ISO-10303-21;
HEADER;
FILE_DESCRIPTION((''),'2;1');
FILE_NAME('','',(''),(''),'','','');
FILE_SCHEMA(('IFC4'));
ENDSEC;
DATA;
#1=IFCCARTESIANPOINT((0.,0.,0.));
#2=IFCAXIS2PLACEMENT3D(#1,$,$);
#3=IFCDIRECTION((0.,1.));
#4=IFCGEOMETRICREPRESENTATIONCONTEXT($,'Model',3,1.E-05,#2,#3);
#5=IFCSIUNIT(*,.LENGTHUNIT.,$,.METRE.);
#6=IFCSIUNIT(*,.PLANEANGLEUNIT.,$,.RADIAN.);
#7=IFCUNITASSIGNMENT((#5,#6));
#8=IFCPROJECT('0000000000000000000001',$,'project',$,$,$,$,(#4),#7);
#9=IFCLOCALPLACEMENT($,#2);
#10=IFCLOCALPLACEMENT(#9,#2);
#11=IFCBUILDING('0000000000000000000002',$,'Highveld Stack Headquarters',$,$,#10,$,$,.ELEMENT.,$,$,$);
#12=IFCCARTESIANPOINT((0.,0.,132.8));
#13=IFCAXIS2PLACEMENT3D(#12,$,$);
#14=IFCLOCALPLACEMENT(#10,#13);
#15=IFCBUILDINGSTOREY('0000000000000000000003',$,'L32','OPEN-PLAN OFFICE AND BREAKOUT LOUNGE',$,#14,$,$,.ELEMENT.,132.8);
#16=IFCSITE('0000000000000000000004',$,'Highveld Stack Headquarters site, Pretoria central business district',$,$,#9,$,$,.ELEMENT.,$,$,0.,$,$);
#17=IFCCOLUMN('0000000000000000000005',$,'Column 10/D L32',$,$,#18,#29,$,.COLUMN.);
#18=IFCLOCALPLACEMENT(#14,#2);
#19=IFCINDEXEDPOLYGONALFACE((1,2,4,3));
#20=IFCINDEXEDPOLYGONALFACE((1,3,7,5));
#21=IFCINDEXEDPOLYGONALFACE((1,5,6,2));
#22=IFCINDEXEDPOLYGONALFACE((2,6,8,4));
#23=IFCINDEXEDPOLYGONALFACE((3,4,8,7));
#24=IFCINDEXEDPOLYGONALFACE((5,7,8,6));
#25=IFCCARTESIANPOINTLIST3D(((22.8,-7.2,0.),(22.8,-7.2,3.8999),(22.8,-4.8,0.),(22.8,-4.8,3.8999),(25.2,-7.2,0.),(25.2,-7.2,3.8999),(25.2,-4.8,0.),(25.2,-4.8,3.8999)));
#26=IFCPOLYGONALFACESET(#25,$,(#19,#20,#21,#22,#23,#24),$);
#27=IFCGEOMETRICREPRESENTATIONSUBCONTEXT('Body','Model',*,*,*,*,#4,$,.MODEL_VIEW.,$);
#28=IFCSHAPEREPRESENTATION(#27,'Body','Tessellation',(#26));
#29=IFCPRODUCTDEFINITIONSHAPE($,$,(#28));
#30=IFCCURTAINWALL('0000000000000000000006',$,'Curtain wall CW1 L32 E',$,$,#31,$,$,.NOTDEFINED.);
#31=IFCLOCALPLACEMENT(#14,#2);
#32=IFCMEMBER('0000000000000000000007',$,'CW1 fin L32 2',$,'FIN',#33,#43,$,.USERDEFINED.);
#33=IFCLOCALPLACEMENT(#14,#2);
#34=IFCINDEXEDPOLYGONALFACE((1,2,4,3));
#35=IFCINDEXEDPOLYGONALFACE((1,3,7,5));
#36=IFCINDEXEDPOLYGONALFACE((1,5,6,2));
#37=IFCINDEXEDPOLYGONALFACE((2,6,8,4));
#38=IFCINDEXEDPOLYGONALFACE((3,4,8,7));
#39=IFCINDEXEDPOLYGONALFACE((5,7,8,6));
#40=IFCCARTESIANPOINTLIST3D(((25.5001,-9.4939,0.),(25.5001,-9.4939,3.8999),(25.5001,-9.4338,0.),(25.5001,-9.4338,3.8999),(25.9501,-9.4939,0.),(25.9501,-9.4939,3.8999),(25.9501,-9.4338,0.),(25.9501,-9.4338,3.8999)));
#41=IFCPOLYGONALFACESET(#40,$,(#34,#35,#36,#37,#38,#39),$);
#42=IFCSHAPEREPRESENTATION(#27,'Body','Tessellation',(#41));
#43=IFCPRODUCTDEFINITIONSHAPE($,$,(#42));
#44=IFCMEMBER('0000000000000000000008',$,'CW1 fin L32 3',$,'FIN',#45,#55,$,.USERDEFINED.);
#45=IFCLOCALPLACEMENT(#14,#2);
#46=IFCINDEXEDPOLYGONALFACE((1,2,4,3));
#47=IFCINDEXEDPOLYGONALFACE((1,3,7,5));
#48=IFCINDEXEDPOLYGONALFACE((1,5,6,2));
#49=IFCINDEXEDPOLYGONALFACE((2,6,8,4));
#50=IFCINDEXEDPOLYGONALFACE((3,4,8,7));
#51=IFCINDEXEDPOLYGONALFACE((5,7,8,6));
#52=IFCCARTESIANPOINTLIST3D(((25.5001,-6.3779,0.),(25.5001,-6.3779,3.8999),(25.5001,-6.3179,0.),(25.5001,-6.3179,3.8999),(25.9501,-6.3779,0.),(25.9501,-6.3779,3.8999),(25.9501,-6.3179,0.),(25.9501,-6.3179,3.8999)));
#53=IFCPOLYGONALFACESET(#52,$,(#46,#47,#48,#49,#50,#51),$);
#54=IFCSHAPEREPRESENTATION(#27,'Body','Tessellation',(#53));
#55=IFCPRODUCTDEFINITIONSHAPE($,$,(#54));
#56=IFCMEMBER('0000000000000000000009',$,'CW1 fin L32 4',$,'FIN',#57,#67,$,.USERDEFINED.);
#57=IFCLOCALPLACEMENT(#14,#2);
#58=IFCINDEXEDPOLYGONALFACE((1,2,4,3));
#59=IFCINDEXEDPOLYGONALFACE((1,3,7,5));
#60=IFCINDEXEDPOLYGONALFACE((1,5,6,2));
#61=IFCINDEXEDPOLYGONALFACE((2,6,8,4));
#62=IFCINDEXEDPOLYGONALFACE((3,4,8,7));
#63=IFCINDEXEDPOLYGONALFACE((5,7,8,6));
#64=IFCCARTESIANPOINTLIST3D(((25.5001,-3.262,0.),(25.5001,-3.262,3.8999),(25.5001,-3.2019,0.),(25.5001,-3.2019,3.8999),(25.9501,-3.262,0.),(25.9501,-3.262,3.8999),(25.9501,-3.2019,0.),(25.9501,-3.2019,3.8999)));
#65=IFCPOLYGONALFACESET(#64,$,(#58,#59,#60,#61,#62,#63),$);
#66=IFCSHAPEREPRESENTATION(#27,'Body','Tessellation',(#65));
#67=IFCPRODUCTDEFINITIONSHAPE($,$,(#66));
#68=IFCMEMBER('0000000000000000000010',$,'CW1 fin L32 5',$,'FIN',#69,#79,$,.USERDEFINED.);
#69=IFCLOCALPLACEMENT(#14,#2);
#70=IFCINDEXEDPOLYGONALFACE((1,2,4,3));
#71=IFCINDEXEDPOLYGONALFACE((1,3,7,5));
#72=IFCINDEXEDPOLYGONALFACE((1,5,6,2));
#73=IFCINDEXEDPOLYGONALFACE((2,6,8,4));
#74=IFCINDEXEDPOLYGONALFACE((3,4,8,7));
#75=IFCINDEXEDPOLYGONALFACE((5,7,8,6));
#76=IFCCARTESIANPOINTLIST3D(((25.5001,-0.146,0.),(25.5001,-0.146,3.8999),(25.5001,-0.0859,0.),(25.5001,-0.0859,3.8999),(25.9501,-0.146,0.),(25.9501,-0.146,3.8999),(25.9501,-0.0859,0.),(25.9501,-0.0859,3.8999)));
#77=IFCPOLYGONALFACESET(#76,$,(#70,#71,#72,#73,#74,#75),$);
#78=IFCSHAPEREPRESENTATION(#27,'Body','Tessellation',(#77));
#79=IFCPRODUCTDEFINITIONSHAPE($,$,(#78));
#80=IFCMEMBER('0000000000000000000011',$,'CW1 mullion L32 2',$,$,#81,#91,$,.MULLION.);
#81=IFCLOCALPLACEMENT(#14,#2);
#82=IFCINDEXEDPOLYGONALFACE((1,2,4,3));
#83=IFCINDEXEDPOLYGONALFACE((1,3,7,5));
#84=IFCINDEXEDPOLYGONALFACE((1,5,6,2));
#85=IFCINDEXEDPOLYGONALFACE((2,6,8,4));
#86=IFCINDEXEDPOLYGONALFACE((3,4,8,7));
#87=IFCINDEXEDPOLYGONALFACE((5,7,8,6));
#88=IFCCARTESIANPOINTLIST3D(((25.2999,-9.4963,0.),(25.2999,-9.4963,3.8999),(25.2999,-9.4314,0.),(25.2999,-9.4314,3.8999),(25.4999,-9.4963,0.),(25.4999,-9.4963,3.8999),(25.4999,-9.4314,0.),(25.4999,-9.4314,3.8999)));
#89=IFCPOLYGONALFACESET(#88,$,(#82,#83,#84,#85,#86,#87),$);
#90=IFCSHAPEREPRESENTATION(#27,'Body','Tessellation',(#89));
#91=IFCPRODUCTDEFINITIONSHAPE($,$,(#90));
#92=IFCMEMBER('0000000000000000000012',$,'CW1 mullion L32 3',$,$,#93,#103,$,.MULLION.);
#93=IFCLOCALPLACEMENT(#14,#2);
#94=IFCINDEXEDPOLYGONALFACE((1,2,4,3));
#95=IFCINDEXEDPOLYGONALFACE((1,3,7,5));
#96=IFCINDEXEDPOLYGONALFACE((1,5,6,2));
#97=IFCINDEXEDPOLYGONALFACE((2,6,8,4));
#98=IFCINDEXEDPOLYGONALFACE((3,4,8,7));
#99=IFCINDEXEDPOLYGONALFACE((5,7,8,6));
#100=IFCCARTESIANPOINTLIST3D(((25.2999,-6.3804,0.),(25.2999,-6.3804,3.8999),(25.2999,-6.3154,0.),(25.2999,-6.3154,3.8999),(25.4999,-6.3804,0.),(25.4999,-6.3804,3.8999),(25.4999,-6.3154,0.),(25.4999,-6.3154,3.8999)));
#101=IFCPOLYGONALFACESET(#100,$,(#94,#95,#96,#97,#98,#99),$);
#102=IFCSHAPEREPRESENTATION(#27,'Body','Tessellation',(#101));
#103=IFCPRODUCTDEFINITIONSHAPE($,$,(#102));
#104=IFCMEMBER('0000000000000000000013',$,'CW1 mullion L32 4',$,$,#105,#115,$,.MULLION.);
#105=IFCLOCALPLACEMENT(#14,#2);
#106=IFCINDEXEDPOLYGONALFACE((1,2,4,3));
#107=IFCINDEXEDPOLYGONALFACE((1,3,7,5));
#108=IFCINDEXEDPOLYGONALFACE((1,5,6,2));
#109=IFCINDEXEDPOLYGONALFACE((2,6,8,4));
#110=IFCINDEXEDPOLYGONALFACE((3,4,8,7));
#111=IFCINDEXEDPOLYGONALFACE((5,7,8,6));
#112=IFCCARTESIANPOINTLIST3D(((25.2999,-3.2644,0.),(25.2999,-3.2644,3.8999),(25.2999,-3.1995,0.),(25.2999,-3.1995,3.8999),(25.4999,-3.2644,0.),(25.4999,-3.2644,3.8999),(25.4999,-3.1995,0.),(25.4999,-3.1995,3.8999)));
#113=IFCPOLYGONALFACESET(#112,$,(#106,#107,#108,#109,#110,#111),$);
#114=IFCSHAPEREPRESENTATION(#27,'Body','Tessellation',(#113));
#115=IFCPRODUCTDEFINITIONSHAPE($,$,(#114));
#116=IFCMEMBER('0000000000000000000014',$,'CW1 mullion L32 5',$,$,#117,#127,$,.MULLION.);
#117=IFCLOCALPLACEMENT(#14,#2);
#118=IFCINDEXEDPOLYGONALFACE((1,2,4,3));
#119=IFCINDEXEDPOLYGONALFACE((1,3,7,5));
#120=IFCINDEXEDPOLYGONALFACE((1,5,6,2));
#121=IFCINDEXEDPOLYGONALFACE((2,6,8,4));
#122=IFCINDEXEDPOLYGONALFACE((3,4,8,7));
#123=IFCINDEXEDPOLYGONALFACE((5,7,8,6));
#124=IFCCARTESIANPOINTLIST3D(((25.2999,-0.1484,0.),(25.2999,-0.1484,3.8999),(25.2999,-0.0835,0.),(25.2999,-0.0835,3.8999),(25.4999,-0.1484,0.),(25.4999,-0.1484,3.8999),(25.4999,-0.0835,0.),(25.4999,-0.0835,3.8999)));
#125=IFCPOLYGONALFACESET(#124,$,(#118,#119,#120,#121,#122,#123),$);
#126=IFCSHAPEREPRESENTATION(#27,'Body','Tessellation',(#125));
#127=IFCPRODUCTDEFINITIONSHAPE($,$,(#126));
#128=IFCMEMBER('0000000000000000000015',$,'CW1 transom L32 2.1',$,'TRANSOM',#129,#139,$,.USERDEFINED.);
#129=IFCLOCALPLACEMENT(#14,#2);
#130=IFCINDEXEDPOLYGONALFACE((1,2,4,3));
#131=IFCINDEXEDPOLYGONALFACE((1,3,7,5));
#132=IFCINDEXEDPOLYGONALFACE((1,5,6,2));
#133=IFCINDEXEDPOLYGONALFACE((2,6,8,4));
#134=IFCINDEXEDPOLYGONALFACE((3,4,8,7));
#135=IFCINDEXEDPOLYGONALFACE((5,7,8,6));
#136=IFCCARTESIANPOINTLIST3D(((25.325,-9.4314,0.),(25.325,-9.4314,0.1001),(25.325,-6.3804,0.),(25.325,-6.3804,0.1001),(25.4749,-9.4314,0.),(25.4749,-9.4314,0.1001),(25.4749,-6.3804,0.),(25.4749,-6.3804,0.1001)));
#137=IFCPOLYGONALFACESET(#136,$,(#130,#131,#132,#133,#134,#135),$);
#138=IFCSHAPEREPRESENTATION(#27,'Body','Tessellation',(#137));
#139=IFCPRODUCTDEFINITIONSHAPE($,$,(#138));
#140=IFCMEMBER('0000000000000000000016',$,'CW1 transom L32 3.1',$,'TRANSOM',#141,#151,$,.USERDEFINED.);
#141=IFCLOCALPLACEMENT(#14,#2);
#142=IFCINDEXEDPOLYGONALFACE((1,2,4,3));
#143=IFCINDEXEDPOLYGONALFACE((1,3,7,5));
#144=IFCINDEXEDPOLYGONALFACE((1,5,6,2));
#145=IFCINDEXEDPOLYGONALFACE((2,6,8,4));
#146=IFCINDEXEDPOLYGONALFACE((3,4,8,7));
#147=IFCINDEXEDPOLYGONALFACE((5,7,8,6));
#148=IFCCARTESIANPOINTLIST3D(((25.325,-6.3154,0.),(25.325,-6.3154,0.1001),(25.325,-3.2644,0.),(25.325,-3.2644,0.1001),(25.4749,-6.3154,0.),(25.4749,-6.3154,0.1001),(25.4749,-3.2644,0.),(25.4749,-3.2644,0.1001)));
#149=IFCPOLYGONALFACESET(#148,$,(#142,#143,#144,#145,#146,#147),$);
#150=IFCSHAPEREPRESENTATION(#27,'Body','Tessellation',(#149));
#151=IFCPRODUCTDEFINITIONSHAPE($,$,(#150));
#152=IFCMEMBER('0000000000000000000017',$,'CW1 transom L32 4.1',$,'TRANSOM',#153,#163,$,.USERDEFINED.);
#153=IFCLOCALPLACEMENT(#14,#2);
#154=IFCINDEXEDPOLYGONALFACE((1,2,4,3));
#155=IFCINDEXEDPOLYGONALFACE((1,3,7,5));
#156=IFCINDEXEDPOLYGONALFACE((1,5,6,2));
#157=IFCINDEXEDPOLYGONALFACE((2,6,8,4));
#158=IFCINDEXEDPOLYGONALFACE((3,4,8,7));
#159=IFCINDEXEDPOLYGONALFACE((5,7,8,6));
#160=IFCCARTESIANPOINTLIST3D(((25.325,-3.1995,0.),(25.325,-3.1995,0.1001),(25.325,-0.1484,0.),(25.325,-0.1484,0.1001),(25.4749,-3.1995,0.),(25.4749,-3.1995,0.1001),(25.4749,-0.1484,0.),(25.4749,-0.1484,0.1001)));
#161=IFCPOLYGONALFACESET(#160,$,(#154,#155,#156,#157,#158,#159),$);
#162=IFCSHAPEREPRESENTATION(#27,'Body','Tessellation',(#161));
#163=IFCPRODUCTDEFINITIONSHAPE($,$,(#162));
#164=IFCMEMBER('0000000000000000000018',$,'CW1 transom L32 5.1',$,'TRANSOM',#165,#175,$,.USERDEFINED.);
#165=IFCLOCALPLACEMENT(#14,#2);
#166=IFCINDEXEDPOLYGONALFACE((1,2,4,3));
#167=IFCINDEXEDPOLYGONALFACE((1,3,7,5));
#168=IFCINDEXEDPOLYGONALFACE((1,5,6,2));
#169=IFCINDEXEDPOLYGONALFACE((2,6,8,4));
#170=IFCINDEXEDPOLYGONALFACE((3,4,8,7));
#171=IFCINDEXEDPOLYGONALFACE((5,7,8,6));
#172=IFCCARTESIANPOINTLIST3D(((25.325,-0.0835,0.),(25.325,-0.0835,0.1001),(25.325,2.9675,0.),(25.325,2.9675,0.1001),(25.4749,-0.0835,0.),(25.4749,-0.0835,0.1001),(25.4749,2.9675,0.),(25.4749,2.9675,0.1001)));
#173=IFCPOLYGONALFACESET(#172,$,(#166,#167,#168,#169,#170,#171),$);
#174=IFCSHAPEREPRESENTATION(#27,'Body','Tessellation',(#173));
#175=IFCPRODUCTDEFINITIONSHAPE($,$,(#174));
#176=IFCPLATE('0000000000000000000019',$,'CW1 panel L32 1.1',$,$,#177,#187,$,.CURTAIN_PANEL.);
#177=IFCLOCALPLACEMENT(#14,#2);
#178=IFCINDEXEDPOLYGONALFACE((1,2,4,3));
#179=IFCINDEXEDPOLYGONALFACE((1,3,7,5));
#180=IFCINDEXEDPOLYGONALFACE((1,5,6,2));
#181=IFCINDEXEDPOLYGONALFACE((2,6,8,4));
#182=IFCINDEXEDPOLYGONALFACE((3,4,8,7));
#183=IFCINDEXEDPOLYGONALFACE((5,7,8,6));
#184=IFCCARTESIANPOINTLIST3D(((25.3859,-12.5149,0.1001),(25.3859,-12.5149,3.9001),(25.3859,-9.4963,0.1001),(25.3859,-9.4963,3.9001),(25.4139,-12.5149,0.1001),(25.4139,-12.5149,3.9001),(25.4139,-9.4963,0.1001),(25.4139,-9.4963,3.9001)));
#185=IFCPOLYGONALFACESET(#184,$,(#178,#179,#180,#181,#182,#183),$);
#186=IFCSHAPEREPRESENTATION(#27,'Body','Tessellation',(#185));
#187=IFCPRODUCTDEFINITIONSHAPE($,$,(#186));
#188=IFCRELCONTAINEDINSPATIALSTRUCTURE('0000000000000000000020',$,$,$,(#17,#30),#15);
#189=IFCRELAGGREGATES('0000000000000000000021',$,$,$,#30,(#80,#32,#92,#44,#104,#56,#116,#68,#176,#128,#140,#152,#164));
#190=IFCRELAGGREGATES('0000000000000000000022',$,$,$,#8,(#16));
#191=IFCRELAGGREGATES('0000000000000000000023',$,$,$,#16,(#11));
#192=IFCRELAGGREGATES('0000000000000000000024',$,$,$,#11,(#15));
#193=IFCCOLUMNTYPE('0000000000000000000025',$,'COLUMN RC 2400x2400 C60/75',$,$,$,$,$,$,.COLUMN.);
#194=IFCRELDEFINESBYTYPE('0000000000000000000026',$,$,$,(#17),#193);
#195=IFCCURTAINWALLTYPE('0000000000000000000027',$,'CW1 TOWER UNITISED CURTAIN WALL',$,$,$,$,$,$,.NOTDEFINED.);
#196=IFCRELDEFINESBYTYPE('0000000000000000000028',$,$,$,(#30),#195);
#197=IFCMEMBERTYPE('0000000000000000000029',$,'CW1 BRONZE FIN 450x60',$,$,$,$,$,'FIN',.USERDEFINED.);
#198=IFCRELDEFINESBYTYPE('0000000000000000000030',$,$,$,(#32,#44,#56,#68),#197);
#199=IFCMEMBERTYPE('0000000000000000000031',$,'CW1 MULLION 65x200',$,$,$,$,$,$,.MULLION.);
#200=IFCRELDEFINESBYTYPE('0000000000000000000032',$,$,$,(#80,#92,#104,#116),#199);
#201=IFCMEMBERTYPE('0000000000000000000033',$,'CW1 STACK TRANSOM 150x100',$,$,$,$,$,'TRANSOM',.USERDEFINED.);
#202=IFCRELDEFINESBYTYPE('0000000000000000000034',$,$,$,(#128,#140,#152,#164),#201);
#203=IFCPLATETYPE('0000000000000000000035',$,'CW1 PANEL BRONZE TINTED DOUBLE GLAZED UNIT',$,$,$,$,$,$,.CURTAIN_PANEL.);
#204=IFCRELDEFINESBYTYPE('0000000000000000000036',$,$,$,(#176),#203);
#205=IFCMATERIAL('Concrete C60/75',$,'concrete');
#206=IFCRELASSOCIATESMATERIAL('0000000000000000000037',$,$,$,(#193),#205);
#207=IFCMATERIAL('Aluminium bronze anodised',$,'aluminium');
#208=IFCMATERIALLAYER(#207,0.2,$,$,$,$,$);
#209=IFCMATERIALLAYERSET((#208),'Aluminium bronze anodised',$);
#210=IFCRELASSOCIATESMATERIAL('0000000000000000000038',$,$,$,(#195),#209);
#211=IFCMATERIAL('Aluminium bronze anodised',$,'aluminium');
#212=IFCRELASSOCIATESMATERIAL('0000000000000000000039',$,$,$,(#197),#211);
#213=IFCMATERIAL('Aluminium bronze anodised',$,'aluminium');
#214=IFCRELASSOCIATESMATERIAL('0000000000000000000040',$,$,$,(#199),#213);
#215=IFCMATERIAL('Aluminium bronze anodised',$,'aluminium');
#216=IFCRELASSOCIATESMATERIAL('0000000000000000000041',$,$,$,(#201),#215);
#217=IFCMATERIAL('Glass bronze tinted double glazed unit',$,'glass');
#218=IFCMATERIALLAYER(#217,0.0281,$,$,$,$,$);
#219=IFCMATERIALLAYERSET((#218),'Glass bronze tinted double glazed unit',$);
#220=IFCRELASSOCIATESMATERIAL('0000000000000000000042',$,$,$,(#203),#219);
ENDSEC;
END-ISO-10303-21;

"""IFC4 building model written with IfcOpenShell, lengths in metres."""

from ifc_helpers import new_model, si_unit, direction, frame, origin, origin_2d, place, context, subcontext, project, spatial, rectangle, extrude, material, layer, layer_set, material_profile, profile_set, type_object, element, aggregate, save


model = new_model("IFC4")

# Units and contexts
model_context = context("Model", 3, precision=1e-05, world=origin(), true_north=direction((0.0, 1.0)))
body_context = subcontext(model_context, "Body", "Model", "MODEL_VIEW")
ifc_project = project(units=[si_unit("LENGTHUNIT", "METRE"), si_unit("PLANEANGLEUNIT", "RADIAN")], contexts=[model_context])

# Site, building, storey
site_placement = place(None, origin())
site = spatial("IfcSite", under=ifc_project, at=site_placement, Name="Highveld Stack Headquarters site, Pretoria central business district", CompositionType="ELEMENT", RefElevation=0.0)
building_placement = place(site_placement, origin())
building = spatial("IfcBuilding", under=site, at=building_placement, Name="Highveld Stack Headquarters", CompositionType="ELEMENT")
storey_placement = place(building_placement, frame((0.0, 0.0, 132.8)))
storey = spatial("IfcBuildingStorey", under=building, at=storey_placement, Name="L32", Description="OPEN-PLAN OFFICE AND BREAKOUT LOUNGE", CompositionType="ELEMENT", Elevation=132.8)

# Column
ifc_material_1 = material(Name="Concrete C60/75", Category="concrete")
ifc_material_profile_1 = material_profile(ifc_material_1, rectangle(XDim=2.3999, YDim=2.3999, at=origin_2d()), Name="RC 2400x2400")
ifc_profile_set_1 = profile_set([ifc_material_profile_1], Name="Concrete C60/75")
column_type = type_object("IfcColumnType", Name="COLUMN RC 2400x2400 C60/75", PredefinedType="COLUMN", material=ifc_profile_set_1)
column_placement = place(storey_placement, frame((24.0, -6.0, 0.0), z_axis=(0.0, 0.0, 1.0), x_axis=(1.0, 0.0, 0.0)))
element("IfcColumn", 1, at=column_placement, inside=storey, type_object=column_type, Name="Column 10/D L32", PredefinedType="COLUMN", context=body_context, shape_type="SweptSolid", body=[
    extrude(rectangle(XDim=2.3999, YDim=2.3999, at=origin_2d()), origin(), (0.0, 0.0, 1.0), 3.8999),
])

# Curtain wall, members, plate
ifc_material_2 = material(Name="Aluminium bronze anodised", Category="aluminium")
ifc_layer_1 = layer(ifc_material_2, 0.2)
ifc_layer_set_1 = layer_set([ifc_layer_1], Name="Aluminium bronze anodised")
curtain_wall_type = type_object("IfcCurtainWallType", Name="CW1 TOWER UNITISED CURTAIN WALL", PredefinedType="NOTDEFINED", material=ifc_layer_set_1)
curtain_wall_placement = place(storey_placement, origin())
curtain_wall = element("IfcCurtainWall", 2, at=curtain_wall_placement, inside=storey, type_object=curtain_wall_type, Name="Curtain wall CW1 L32 E", PredefinedType="NOTDEFINED")
ifc_material_3 = material(Name="Aluminium bronze anodised", Category="aluminium")
ifc_material_profile_2 = material_profile(ifc_material_3, rectangle(XDim=0.45, YDim=0.0601, at=origin_2d()), Name="FIN 450x60")
ifc_profile_set_2 = profile_set([ifc_material_profile_2], Name="Aluminium bronze anodised")
member_type_1 = type_object("IfcMemberType", Name="CW1 BRONZE FIN 450x60", ElementType="FIN", PredefinedType="USERDEFINED", material=ifc_profile_set_2)
member_1_placement = place(storey_placement, frame((25.7251, -9.4639, 0.0), z_axis=(0.0, 0.0, 1.0), x_axis=(-1.0, 0.0, 0.0)))
member_1 = element("IfcMember", 3, at=member_1_placement, type_object=member_type_1, Name="CW1 fin L32 2", ObjectType="FIN", PredefinedType="USERDEFINED", context=body_context, shape_type="SweptSolid", body=[
    extrude(rectangle(XDim=0.45, YDim=0.0601, at=origin_2d()), origin(), (0.0, 0.0, 1.0), 3.8999),
])
member_2_placement = place(storey_placement, frame((25.7251, -6.3479, 0.0), z_axis=(0.0, 0.0, 1.0), x_axis=(-1.0, 0.0, 0.0)))
member_2 = element("IfcMember", 4, at=member_2_placement, type_object=member_type_1, Name="CW1 fin L32 3", ObjectType="FIN", PredefinedType="USERDEFINED", context=body_context, shape_type="SweptSolid", body=[
    extrude(rectangle(XDim=0.45, YDim=0.0601, at=origin_2d()), origin(), (0.0, 0.0, 1.0), 3.8999),
])
member_3_placement = place(storey_placement, frame((25.7251, -3.2319, 0.0), z_axis=(0.0, 0.0, 1.0), x_axis=(-1.0, 0.0, 0.0)))
member_3 = element("IfcMember", 5, at=member_3_placement, type_object=member_type_1, Name="CW1 fin L32 4", ObjectType="FIN", PredefinedType="USERDEFINED", context=body_context, shape_type="SweptSolid", body=[
    extrude(rectangle(XDim=0.45, YDim=0.0601, at=origin_2d()), origin(), (0.0, 0.0, 1.0), 3.8999),
])
member_4_placement = place(storey_placement, frame((25.7251, -0.116, 0.0), z_axis=(0.0, 0.0, 1.0), x_axis=(-1.0, 0.0, 0.0)))
member_4 = element("IfcMember", 6, at=member_4_placement, type_object=member_type_1, Name="CW1 fin L32 5", ObjectType="FIN", PredefinedType="USERDEFINED", context=body_context, shape_type="SweptSolid", body=[
    extrude(rectangle(XDim=0.45, YDim=0.0601, at=origin_2d()), origin(), (0.0, 0.0, 1.0), 3.8999),
])
ifc_material_4 = material(Name="Aluminium bronze anodised", Category="aluminium")
ifc_material_profile_3 = material_profile(ifc_material_4, rectangle(XDim=0.2, YDim=0.0649, at=origin_2d()), Name="CW1 MULLION 65x200")
ifc_profile_set_3 = profile_set([ifc_material_profile_3], Name="Aluminium bronze anodised")
member_type_2 = type_object("IfcMemberType", Name="CW1 MULLION 65x200", PredefinedType="MULLION", material=ifc_profile_set_3)
member_5_placement = place(storey_placement, frame((25.3999, -9.4639, 0.0), z_axis=(0.0, 0.0, 1.0), x_axis=(-1.0, 0.0, 0.0)))
member_5 = element("IfcMember", 7, at=member_5_placement, type_object=member_type_2, Name="CW1 mullion L32 2", PredefinedType="MULLION", context=body_context, shape_type="SweptSolid", body=[
    extrude(rectangle(XDim=0.2, YDim=0.0649, at=origin_2d()), origin(), (0.0, 0.0, 1.0), 3.8999),
])
member_6_placement = place(storey_placement, frame((25.3999, -6.3479, 0.0), z_axis=(0.0, 0.0, 1.0), x_axis=(-1.0, 0.0, 0.0)))
member_6 = element("IfcMember", 8, at=member_6_placement, type_object=member_type_2, Name="CW1 mullion L32 3", PredefinedType="MULLION", context=body_context, shape_type="SweptSolid", body=[
    extrude(rectangle(XDim=0.2, YDim=0.0649, at=origin_2d()), origin(), (0.0, 0.0, 1.0), 3.8999),
])
member_7_placement = place(storey_placement, frame((25.3999, -3.2319, 0.0), z_axis=(0.0, 0.0, 1.0), x_axis=(-1.0, 0.0, 0.0)))
member_7 = element("IfcMember", 9, at=member_7_placement, type_object=member_type_2, Name="CW1 mullion L32 4", PredefinedType="MULLION", context=body_context, shape_type="SweptSolid", body=[
    extrude(rectangle(XDim=0.2, YDim=0.0649, at=origin_2d()), origin(), (0.0, 0.0, 1.0), 3.8999),
])
member_8_placement = place(storey_placement, frame((25.3999, -0.116, 0.0), z_axis=(0.0, 0.0, 1.0), x_axis=(-1.0, 0.0, 0.0)))
member_8 = element("IfcMember", 10, at=member_8_placement, type_object=member_type_2, Name="CW1 mullion L32 5", PredefinedType="MULLION", context=body_context, shape_type="SweptSolid", body=[
    extrude(rectangle(XDim=0.2, YDim=0.0649, at=origin_2d()), origin(), (0.0, 0.0, 1.0), 3.8999),
])
ifc_material_5 = material(Name="Aluminium bronze anodised", Category="aluminium")
ifc_material_profile_4 = material_profile(ifc_material_5, rectangle(XDim=0.1499, YDim=0.1001, at=origin_2d()), Name="CW1 TRANSOM 150x100")
ifc_profile_set_4 = profile_set([ifc_material_profile_4], Name="Aluminium bronze anodised")
member_type_3 = type_object("IfcMemberType", Name="CW1 STACK TRANSOM 150x100", ElementType="TRANSOM", PredefinedType="USERDEFINED", material=ifc_profile_set_4)
member_9_placement = place(storey_placement, frame((25.3999, -9.4314, 0.05), z_axis=(0.0, 1.0, 0.0), x_axis=(-1.0, 0.0, 0.0)))
member_9 = element("IfcMember", 11, at=member_9_placement, type_object=member_type_3, Name="CW1 transom L32 2.1", ObjectType="TRANSOM", PredefinedType="USERDEFINED", context=body_context, shape_type="SweptSolid", body=[
    extrude(rectangle(XDim=0.1499, YDim=0.1001, at=origin_2d()), origin(), (0.0, 0.0, 1.0), 3.051),
])
member_10_placement = place(storey_placement, frame((25.3999, -6.3154, 0.05), z_axis=(0.0, 1.0, 0.0), x_axis=(-1.0, 0.0, 0.0)))
member_10 = element("IfcMember", 12, at=member_10_placement, type_object=member_type_3, Name="CW1 transom L32 3.1", ObjectType="TRANSOM", PredefinedType="USERDEFINED", context=body_context, shape_type="SweptSolid", body=[
    extrude(rectangle(XDim=0.1499, YDim=0.1001, at=origin_2d()), origin(), (0.0, 0.0, 1.0), 3.051),
])
member_11_placement = place(storey_placement, frame((25.3999, -3.1995, 0.05), z_axis=(0.0, 1.0, 0.0), x_axis=(-1.0, 0.0, 0.0)))
member_11 = element("IfcMember", 13, at=member_11_placement, type_object=member_type_3, Name="CW1 transom L32 4.1", ObjectType="TRANSOM", PredefinedType="USERDEFINED", context=body_context, shape_type="SweptSolid", body=[
    extrude(rectangle(XDim=0.1499, YDim=0.1001, at=origin_2d()), origin(), (0.0, 0.0, 1.0), 3.051),
])
member_12_placement = place(storey_placement, frame((25.3999, -0.0835, 0.05), z_axis=(0.0, 1.0, 0.0), x_axis=(-1.0, 0.0, 0.0)))
member_12 = element("IfcMember", 14, at=member_12_placement, type_object=member_type_3, Name="CW1 transom L32 5.1", ObjectType="TRANSOM", PredefinedType="USERDEFINED", context=body_context, shape_type="SweptSolid", body=[
    extrude(rectangle(XDim=0.1499, YDim=0.1001, at=origin_2d()), origin(), (0.0, 0.0, 1.0), 3.051),
])
ifc_material_6 = material(Name="Glass bronze tinted double glazed unit", Category="glass")
ifc_layer_2 = layer(ifc_material_6, 0.0281)
ifc_layer_set_2 = layer_set([ifc_layer_2], Name="Glass bronze tinted double glazed unit")
plate_type = type_object("IfcPlateType", Name="CW1 PANEL BRONZE TINTED DOUBLE GLAZED UNIT", PredefinedType="CURTAIN_PANEL", material=ifc_layer_set_2)
plate_1_placement = place(storey_placement, frame((25.3999, -11.0056, 0.1001), z_axis=(0.0, 0.0, 1.0), x_axis=(0.0, 1.0, 0.0)))
plate_1 = element("IfcPlate", 15, at=plate_1_placement, type_object=plate_type, Name="CW1 panel L32 1.1", PredefinedType="CURTAIN_PANEL", context=body_context, shape_type="SweptSolid", body=[
    extrude(rectangle(XDim=3.0186, YDim=0.0281, at=origin_2d()), origin(), (0.0, 0.0, 1.0), 3.8),
])
aggregate(curtain_wall, [member_5, member_1, member_6, member_2, member_7, member_3, member_8, member_4, plate_1, member_9, member_10, member_11, member_12])

save(model, "model.ifc")
